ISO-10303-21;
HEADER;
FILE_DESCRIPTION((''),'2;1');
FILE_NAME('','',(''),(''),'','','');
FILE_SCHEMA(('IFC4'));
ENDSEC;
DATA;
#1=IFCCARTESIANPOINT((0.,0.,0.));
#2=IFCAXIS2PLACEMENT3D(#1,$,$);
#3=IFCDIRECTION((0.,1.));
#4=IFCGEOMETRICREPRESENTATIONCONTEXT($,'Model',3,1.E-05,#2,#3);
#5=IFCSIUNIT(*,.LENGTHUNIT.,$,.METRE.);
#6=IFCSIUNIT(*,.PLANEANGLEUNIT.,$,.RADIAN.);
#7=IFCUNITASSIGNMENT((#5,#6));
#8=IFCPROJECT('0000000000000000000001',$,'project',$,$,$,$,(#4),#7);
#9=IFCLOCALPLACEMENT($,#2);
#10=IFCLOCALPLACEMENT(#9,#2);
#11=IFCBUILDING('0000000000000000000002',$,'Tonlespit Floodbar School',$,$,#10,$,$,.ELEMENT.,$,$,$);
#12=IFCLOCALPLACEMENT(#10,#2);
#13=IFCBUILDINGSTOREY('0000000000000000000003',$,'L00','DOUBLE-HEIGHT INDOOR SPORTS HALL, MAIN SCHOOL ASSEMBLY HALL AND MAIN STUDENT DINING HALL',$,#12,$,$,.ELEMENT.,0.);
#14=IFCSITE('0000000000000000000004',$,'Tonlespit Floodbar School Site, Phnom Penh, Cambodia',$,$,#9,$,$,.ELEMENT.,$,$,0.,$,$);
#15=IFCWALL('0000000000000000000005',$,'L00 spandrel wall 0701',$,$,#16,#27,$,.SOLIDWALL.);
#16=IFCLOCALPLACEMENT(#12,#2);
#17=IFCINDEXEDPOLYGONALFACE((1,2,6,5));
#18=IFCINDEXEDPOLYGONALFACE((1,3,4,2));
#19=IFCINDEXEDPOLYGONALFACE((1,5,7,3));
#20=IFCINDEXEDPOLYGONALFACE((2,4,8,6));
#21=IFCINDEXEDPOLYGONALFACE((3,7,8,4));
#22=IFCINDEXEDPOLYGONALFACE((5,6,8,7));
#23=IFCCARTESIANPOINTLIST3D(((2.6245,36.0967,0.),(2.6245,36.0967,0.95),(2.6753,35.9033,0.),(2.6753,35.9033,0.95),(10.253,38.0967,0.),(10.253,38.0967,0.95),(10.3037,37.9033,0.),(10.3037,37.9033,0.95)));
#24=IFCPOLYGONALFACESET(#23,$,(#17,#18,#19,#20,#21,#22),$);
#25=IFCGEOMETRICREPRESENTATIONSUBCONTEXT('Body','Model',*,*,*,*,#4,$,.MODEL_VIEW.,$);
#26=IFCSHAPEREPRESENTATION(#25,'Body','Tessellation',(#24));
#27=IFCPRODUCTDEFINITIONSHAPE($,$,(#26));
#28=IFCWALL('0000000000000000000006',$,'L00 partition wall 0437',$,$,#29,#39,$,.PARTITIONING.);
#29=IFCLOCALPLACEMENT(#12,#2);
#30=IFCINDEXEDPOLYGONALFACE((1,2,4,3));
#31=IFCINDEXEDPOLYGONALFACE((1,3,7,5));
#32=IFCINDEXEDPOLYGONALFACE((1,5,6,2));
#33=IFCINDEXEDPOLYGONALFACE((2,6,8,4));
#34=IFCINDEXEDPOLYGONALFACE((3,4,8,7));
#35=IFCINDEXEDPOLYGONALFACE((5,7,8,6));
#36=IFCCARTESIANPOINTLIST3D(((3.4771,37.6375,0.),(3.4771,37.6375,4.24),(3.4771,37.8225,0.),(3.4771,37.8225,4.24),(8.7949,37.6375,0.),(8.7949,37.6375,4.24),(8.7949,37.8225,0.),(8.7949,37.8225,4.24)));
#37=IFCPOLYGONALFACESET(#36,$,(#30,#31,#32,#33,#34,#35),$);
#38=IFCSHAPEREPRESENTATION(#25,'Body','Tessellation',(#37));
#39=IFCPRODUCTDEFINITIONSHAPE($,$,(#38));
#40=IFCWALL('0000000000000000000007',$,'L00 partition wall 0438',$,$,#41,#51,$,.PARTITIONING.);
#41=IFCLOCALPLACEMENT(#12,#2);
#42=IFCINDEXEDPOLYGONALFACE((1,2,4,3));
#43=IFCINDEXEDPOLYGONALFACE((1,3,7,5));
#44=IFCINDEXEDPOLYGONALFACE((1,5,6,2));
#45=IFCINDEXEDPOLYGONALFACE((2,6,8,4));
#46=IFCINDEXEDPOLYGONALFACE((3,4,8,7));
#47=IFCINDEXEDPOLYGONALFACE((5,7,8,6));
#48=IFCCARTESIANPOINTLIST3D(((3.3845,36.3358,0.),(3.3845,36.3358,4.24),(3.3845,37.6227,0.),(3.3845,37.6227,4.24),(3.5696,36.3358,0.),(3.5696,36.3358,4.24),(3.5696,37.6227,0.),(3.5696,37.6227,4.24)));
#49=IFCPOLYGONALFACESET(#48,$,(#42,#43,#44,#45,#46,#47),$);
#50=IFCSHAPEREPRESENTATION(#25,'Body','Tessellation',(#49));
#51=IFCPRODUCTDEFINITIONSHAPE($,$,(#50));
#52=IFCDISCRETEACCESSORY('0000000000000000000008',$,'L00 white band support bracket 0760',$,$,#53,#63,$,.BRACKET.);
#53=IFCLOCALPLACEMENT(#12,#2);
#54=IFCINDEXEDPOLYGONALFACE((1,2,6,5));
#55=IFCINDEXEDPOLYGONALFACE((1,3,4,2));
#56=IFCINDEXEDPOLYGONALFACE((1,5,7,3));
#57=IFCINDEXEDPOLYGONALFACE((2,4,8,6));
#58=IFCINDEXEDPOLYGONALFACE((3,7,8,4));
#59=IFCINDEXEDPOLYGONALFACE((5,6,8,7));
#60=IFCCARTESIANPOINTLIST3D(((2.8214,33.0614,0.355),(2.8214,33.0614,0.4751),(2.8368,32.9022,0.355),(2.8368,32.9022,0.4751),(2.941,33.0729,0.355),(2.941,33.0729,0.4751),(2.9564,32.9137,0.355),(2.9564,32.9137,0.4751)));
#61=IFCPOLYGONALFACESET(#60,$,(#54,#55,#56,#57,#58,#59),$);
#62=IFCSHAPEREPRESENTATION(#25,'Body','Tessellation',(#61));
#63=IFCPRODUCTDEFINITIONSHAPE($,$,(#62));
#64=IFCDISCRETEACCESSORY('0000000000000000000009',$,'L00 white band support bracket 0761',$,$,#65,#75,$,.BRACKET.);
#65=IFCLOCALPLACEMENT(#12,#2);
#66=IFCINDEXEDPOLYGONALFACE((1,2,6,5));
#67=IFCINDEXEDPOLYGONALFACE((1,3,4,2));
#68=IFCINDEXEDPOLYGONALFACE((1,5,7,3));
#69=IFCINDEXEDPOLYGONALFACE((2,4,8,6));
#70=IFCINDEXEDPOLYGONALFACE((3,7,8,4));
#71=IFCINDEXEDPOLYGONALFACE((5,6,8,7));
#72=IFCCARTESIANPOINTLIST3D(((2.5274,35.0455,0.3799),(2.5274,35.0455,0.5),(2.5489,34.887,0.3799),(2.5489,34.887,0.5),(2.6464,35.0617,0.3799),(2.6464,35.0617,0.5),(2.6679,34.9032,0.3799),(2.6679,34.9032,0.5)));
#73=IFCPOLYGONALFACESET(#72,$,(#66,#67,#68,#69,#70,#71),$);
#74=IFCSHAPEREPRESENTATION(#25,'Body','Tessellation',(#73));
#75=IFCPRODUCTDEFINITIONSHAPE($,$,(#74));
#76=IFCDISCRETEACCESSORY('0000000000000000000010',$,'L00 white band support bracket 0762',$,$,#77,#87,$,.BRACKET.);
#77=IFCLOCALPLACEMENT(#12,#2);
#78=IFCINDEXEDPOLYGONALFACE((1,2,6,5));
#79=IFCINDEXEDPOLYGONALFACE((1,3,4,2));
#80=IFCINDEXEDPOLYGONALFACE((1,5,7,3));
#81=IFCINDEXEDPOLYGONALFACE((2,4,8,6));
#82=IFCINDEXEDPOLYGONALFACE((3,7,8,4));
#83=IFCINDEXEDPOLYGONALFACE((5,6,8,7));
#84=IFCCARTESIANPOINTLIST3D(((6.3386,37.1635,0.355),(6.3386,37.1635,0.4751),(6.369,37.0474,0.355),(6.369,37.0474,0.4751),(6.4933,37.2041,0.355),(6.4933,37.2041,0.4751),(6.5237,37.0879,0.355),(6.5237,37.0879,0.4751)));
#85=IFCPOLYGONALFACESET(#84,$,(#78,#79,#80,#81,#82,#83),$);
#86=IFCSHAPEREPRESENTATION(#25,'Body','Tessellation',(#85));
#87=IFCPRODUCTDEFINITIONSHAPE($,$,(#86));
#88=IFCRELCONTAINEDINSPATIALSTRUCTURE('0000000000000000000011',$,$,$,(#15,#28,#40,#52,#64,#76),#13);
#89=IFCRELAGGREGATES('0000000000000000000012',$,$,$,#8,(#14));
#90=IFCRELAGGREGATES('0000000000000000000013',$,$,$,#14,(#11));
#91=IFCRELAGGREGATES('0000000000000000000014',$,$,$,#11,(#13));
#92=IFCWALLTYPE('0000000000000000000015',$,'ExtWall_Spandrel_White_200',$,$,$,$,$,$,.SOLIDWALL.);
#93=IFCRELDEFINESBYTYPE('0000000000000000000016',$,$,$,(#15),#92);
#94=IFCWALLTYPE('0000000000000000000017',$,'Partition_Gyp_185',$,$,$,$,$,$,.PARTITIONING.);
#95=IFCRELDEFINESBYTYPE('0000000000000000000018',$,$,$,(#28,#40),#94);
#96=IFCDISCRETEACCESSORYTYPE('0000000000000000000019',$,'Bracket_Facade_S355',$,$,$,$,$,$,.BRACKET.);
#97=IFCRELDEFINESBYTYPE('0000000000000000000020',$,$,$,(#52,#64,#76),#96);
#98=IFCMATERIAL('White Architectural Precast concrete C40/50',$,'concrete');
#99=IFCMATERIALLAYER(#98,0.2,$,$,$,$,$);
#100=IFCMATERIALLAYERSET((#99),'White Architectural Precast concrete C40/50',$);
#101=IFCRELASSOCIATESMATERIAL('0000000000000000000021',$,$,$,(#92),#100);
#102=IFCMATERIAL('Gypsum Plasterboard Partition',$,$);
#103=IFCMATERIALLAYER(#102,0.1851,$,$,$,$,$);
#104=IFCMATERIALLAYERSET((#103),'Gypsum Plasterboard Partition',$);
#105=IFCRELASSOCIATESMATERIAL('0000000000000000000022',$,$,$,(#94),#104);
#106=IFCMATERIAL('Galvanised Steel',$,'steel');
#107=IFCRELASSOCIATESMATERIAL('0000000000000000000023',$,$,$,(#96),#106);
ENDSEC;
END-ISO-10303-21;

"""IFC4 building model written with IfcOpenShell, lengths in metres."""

from ifc_helpers import new_model, si_unit, direction, frame, frame_2d, origin, origin_2d, place, context, subcontext, project, spatial, rectangle, extrude, material, layer, layer_set, type_object, element, save


model = new_model("IFC4")

# Units and contexts
model_context = context("Model", 3, precision=1e-05, world=origin(), true_north=direction((0.0, 1.0)))
body_context = subcontext(model_context, "Body", "Model", "MODEL_VIEW")
ifc_project = project(units=[si_unit("LENGTHUNIT", "METRE"), si_unit("PLANEANGLEUNIT", "RADIAN")], contexts=[model_context])

# Site, building, storey
site_placement = place(None, origin())
site = spatial("IfcSite", under=ifc_project, at=site_placement, Name="Tonlespit Floodbar School Site, Phnom Penh, Cambodia", CompositionType="ELEMENT", RefElevation=0.0)
building_placement = place(site_placement, origin())
building = spatial("IfcBuilding", under=site, at=building_placement, Name="Tonlespit Floodbar School", CompositionType="ELEMENT")
storey_placement = place(building_placement, origin())
storey = spatial("IfcBuildingStorey", under=building, at=storey_placement, Name="L00", Description="DOUBLE-HEIGHT INDOOR SPORTS HALL, MAIN SCHOOL ASSEMBLY HALL AND MAIN STUDENT DINING HALL", CompositionType="ELEMENT", Elevation=0.0)

# Walls
ifc_material_1 = material(Name="White Architectural Precast concrete C40/50", Category="concrete")
ifc_layer_1 = layer(ifc_material_1, 0.2)
ifc_layer_set_1 = layer_set([ifc_layer_1], Name="White Architectural Precast concrete C40/50")
wall_type_1 = type_object("IfcWallType", Name="ExtWall_Spandrel_White_200", PredefinedType="SOLIDWALL", material=ifc_layer_set_1)
wall_1_placement = place(storey_placement, frame((2.6499, 36.0, 0.0), z_axis=(0.0, 0.0, 1.0), x_axis=(0.967308, 0.253606, 0.0)))
element("IfcWall", 1, at=wall_1_placement, inside=storey, type_object=wall_type_1, Name="L00 spandrel wall 0701", PredefinedType="SOLIDWALL", context=body_context, shape_type="SweptSolid", body=[
    extrude(rectangle(XDim=7.8862, YDim=0.2, at=frame_2d((3.9431, 0.0))), origin(), (0.0, 0.0, 1.0), 0.95),
])
ifc_material_2 = material(Name="Gypsum Plasterboard Partition")
ifc_layer_2 = layer(ifc_material_2, 0.1851)
ifc_layer_set_2 = layer_set([ifc_layer_2], Name="Gypsum Plasterboard Partition")
wall_type_2 = type_object("IfcWallType", Name="Partition_Gyp_185", PredefinedType="PARTITIONING", material=ifc_layer_set_2)
wall_2_placement = place(storey_placement, frame((3.4771, 37.73, 0.0), z_axis=(0.0, 0.0, 1.0), x_axis=(1.0, 0.0, 0.0)))
element("IfcWall", 2, at=wall_2_placement, inside=storey, type_object=wall_type_2, Name="L00 partition wall 0437", PredefinedType="PARTITIONING", context=body_context, shape_type="SweptSolid", body=[
    extrude(rectangle(XDim=5.3179, YDim=0.1851, at=frame_2d((2.6589, 0.0))), origin(), (0.0, 0.0, 1.0), 4.24),
])
wall_3_placement = place(storey_placement, frame((3.4771, 36.3357, 0.0), z_axis=(0.0, 0.0, 1.0), x_axis=(0.0, 1.0, 0.0)))
element("IfcWall", 3, at=wall_3_placement, inside=storey, type_object=wall_type_2, Name="L00 partition wall 0438", PredefinedType="PARTITIONING", context=body_context, shape_type="SweptSolid", body=[
    extrude(rectangle(XDim=1.2869, YDim=0.1851, at=frame_2d((0.6436, 0.0))), origin(), (0.0, 0.0, 1.0), 4.24),
])

# Discrete accessories
ifc_material_3 = material(Name="Galvanised Steel", Category="steel")
discrete_accessory_type = type_object("IfcDiscreteAccessoryType", Name="Bracket_Facade_S355", PredefinedType="BRACKET", material=ifc_material_3)
for number, where, z_axis, x_axis, name in (
    (4, (2.8889, 32.9875, 0.355), (0.0, 0.0, 1.0), (-0.096153, 0.995367, 0.0), "L00 white band support bracket 0760"),
    (5, (2.5977, 34.9744, 0.3799), (0.0, 0.0, 1.0), (-0.134662, 0.990892, 0.0), "L00 white band support bracket 0761"),
    (6, (6.4312, 37.1257, 0.355), (0.0, 0.0, 1.0), (0.967306, 0.253613, 0.0), "L00 white band support bracket 0762"),
):
    element("IfcDiscreteAccessory", number, at=place(storey_placement, frame(where, z_axis=z_axis, x_axis=x_axis)), inside=storey, type_object=discrete_accessory_type, Name=name, PredefinedType="BRACKET", context=body_context, shape_type="SweptSolid", body=[
        extrude(rectangle(XDim=0.1599, YDim=0.1201, at=origin_2d()), origin(), (0.0, 0.0, 1.0), 0.1201),
    ])

save(model, "model.ifc")
